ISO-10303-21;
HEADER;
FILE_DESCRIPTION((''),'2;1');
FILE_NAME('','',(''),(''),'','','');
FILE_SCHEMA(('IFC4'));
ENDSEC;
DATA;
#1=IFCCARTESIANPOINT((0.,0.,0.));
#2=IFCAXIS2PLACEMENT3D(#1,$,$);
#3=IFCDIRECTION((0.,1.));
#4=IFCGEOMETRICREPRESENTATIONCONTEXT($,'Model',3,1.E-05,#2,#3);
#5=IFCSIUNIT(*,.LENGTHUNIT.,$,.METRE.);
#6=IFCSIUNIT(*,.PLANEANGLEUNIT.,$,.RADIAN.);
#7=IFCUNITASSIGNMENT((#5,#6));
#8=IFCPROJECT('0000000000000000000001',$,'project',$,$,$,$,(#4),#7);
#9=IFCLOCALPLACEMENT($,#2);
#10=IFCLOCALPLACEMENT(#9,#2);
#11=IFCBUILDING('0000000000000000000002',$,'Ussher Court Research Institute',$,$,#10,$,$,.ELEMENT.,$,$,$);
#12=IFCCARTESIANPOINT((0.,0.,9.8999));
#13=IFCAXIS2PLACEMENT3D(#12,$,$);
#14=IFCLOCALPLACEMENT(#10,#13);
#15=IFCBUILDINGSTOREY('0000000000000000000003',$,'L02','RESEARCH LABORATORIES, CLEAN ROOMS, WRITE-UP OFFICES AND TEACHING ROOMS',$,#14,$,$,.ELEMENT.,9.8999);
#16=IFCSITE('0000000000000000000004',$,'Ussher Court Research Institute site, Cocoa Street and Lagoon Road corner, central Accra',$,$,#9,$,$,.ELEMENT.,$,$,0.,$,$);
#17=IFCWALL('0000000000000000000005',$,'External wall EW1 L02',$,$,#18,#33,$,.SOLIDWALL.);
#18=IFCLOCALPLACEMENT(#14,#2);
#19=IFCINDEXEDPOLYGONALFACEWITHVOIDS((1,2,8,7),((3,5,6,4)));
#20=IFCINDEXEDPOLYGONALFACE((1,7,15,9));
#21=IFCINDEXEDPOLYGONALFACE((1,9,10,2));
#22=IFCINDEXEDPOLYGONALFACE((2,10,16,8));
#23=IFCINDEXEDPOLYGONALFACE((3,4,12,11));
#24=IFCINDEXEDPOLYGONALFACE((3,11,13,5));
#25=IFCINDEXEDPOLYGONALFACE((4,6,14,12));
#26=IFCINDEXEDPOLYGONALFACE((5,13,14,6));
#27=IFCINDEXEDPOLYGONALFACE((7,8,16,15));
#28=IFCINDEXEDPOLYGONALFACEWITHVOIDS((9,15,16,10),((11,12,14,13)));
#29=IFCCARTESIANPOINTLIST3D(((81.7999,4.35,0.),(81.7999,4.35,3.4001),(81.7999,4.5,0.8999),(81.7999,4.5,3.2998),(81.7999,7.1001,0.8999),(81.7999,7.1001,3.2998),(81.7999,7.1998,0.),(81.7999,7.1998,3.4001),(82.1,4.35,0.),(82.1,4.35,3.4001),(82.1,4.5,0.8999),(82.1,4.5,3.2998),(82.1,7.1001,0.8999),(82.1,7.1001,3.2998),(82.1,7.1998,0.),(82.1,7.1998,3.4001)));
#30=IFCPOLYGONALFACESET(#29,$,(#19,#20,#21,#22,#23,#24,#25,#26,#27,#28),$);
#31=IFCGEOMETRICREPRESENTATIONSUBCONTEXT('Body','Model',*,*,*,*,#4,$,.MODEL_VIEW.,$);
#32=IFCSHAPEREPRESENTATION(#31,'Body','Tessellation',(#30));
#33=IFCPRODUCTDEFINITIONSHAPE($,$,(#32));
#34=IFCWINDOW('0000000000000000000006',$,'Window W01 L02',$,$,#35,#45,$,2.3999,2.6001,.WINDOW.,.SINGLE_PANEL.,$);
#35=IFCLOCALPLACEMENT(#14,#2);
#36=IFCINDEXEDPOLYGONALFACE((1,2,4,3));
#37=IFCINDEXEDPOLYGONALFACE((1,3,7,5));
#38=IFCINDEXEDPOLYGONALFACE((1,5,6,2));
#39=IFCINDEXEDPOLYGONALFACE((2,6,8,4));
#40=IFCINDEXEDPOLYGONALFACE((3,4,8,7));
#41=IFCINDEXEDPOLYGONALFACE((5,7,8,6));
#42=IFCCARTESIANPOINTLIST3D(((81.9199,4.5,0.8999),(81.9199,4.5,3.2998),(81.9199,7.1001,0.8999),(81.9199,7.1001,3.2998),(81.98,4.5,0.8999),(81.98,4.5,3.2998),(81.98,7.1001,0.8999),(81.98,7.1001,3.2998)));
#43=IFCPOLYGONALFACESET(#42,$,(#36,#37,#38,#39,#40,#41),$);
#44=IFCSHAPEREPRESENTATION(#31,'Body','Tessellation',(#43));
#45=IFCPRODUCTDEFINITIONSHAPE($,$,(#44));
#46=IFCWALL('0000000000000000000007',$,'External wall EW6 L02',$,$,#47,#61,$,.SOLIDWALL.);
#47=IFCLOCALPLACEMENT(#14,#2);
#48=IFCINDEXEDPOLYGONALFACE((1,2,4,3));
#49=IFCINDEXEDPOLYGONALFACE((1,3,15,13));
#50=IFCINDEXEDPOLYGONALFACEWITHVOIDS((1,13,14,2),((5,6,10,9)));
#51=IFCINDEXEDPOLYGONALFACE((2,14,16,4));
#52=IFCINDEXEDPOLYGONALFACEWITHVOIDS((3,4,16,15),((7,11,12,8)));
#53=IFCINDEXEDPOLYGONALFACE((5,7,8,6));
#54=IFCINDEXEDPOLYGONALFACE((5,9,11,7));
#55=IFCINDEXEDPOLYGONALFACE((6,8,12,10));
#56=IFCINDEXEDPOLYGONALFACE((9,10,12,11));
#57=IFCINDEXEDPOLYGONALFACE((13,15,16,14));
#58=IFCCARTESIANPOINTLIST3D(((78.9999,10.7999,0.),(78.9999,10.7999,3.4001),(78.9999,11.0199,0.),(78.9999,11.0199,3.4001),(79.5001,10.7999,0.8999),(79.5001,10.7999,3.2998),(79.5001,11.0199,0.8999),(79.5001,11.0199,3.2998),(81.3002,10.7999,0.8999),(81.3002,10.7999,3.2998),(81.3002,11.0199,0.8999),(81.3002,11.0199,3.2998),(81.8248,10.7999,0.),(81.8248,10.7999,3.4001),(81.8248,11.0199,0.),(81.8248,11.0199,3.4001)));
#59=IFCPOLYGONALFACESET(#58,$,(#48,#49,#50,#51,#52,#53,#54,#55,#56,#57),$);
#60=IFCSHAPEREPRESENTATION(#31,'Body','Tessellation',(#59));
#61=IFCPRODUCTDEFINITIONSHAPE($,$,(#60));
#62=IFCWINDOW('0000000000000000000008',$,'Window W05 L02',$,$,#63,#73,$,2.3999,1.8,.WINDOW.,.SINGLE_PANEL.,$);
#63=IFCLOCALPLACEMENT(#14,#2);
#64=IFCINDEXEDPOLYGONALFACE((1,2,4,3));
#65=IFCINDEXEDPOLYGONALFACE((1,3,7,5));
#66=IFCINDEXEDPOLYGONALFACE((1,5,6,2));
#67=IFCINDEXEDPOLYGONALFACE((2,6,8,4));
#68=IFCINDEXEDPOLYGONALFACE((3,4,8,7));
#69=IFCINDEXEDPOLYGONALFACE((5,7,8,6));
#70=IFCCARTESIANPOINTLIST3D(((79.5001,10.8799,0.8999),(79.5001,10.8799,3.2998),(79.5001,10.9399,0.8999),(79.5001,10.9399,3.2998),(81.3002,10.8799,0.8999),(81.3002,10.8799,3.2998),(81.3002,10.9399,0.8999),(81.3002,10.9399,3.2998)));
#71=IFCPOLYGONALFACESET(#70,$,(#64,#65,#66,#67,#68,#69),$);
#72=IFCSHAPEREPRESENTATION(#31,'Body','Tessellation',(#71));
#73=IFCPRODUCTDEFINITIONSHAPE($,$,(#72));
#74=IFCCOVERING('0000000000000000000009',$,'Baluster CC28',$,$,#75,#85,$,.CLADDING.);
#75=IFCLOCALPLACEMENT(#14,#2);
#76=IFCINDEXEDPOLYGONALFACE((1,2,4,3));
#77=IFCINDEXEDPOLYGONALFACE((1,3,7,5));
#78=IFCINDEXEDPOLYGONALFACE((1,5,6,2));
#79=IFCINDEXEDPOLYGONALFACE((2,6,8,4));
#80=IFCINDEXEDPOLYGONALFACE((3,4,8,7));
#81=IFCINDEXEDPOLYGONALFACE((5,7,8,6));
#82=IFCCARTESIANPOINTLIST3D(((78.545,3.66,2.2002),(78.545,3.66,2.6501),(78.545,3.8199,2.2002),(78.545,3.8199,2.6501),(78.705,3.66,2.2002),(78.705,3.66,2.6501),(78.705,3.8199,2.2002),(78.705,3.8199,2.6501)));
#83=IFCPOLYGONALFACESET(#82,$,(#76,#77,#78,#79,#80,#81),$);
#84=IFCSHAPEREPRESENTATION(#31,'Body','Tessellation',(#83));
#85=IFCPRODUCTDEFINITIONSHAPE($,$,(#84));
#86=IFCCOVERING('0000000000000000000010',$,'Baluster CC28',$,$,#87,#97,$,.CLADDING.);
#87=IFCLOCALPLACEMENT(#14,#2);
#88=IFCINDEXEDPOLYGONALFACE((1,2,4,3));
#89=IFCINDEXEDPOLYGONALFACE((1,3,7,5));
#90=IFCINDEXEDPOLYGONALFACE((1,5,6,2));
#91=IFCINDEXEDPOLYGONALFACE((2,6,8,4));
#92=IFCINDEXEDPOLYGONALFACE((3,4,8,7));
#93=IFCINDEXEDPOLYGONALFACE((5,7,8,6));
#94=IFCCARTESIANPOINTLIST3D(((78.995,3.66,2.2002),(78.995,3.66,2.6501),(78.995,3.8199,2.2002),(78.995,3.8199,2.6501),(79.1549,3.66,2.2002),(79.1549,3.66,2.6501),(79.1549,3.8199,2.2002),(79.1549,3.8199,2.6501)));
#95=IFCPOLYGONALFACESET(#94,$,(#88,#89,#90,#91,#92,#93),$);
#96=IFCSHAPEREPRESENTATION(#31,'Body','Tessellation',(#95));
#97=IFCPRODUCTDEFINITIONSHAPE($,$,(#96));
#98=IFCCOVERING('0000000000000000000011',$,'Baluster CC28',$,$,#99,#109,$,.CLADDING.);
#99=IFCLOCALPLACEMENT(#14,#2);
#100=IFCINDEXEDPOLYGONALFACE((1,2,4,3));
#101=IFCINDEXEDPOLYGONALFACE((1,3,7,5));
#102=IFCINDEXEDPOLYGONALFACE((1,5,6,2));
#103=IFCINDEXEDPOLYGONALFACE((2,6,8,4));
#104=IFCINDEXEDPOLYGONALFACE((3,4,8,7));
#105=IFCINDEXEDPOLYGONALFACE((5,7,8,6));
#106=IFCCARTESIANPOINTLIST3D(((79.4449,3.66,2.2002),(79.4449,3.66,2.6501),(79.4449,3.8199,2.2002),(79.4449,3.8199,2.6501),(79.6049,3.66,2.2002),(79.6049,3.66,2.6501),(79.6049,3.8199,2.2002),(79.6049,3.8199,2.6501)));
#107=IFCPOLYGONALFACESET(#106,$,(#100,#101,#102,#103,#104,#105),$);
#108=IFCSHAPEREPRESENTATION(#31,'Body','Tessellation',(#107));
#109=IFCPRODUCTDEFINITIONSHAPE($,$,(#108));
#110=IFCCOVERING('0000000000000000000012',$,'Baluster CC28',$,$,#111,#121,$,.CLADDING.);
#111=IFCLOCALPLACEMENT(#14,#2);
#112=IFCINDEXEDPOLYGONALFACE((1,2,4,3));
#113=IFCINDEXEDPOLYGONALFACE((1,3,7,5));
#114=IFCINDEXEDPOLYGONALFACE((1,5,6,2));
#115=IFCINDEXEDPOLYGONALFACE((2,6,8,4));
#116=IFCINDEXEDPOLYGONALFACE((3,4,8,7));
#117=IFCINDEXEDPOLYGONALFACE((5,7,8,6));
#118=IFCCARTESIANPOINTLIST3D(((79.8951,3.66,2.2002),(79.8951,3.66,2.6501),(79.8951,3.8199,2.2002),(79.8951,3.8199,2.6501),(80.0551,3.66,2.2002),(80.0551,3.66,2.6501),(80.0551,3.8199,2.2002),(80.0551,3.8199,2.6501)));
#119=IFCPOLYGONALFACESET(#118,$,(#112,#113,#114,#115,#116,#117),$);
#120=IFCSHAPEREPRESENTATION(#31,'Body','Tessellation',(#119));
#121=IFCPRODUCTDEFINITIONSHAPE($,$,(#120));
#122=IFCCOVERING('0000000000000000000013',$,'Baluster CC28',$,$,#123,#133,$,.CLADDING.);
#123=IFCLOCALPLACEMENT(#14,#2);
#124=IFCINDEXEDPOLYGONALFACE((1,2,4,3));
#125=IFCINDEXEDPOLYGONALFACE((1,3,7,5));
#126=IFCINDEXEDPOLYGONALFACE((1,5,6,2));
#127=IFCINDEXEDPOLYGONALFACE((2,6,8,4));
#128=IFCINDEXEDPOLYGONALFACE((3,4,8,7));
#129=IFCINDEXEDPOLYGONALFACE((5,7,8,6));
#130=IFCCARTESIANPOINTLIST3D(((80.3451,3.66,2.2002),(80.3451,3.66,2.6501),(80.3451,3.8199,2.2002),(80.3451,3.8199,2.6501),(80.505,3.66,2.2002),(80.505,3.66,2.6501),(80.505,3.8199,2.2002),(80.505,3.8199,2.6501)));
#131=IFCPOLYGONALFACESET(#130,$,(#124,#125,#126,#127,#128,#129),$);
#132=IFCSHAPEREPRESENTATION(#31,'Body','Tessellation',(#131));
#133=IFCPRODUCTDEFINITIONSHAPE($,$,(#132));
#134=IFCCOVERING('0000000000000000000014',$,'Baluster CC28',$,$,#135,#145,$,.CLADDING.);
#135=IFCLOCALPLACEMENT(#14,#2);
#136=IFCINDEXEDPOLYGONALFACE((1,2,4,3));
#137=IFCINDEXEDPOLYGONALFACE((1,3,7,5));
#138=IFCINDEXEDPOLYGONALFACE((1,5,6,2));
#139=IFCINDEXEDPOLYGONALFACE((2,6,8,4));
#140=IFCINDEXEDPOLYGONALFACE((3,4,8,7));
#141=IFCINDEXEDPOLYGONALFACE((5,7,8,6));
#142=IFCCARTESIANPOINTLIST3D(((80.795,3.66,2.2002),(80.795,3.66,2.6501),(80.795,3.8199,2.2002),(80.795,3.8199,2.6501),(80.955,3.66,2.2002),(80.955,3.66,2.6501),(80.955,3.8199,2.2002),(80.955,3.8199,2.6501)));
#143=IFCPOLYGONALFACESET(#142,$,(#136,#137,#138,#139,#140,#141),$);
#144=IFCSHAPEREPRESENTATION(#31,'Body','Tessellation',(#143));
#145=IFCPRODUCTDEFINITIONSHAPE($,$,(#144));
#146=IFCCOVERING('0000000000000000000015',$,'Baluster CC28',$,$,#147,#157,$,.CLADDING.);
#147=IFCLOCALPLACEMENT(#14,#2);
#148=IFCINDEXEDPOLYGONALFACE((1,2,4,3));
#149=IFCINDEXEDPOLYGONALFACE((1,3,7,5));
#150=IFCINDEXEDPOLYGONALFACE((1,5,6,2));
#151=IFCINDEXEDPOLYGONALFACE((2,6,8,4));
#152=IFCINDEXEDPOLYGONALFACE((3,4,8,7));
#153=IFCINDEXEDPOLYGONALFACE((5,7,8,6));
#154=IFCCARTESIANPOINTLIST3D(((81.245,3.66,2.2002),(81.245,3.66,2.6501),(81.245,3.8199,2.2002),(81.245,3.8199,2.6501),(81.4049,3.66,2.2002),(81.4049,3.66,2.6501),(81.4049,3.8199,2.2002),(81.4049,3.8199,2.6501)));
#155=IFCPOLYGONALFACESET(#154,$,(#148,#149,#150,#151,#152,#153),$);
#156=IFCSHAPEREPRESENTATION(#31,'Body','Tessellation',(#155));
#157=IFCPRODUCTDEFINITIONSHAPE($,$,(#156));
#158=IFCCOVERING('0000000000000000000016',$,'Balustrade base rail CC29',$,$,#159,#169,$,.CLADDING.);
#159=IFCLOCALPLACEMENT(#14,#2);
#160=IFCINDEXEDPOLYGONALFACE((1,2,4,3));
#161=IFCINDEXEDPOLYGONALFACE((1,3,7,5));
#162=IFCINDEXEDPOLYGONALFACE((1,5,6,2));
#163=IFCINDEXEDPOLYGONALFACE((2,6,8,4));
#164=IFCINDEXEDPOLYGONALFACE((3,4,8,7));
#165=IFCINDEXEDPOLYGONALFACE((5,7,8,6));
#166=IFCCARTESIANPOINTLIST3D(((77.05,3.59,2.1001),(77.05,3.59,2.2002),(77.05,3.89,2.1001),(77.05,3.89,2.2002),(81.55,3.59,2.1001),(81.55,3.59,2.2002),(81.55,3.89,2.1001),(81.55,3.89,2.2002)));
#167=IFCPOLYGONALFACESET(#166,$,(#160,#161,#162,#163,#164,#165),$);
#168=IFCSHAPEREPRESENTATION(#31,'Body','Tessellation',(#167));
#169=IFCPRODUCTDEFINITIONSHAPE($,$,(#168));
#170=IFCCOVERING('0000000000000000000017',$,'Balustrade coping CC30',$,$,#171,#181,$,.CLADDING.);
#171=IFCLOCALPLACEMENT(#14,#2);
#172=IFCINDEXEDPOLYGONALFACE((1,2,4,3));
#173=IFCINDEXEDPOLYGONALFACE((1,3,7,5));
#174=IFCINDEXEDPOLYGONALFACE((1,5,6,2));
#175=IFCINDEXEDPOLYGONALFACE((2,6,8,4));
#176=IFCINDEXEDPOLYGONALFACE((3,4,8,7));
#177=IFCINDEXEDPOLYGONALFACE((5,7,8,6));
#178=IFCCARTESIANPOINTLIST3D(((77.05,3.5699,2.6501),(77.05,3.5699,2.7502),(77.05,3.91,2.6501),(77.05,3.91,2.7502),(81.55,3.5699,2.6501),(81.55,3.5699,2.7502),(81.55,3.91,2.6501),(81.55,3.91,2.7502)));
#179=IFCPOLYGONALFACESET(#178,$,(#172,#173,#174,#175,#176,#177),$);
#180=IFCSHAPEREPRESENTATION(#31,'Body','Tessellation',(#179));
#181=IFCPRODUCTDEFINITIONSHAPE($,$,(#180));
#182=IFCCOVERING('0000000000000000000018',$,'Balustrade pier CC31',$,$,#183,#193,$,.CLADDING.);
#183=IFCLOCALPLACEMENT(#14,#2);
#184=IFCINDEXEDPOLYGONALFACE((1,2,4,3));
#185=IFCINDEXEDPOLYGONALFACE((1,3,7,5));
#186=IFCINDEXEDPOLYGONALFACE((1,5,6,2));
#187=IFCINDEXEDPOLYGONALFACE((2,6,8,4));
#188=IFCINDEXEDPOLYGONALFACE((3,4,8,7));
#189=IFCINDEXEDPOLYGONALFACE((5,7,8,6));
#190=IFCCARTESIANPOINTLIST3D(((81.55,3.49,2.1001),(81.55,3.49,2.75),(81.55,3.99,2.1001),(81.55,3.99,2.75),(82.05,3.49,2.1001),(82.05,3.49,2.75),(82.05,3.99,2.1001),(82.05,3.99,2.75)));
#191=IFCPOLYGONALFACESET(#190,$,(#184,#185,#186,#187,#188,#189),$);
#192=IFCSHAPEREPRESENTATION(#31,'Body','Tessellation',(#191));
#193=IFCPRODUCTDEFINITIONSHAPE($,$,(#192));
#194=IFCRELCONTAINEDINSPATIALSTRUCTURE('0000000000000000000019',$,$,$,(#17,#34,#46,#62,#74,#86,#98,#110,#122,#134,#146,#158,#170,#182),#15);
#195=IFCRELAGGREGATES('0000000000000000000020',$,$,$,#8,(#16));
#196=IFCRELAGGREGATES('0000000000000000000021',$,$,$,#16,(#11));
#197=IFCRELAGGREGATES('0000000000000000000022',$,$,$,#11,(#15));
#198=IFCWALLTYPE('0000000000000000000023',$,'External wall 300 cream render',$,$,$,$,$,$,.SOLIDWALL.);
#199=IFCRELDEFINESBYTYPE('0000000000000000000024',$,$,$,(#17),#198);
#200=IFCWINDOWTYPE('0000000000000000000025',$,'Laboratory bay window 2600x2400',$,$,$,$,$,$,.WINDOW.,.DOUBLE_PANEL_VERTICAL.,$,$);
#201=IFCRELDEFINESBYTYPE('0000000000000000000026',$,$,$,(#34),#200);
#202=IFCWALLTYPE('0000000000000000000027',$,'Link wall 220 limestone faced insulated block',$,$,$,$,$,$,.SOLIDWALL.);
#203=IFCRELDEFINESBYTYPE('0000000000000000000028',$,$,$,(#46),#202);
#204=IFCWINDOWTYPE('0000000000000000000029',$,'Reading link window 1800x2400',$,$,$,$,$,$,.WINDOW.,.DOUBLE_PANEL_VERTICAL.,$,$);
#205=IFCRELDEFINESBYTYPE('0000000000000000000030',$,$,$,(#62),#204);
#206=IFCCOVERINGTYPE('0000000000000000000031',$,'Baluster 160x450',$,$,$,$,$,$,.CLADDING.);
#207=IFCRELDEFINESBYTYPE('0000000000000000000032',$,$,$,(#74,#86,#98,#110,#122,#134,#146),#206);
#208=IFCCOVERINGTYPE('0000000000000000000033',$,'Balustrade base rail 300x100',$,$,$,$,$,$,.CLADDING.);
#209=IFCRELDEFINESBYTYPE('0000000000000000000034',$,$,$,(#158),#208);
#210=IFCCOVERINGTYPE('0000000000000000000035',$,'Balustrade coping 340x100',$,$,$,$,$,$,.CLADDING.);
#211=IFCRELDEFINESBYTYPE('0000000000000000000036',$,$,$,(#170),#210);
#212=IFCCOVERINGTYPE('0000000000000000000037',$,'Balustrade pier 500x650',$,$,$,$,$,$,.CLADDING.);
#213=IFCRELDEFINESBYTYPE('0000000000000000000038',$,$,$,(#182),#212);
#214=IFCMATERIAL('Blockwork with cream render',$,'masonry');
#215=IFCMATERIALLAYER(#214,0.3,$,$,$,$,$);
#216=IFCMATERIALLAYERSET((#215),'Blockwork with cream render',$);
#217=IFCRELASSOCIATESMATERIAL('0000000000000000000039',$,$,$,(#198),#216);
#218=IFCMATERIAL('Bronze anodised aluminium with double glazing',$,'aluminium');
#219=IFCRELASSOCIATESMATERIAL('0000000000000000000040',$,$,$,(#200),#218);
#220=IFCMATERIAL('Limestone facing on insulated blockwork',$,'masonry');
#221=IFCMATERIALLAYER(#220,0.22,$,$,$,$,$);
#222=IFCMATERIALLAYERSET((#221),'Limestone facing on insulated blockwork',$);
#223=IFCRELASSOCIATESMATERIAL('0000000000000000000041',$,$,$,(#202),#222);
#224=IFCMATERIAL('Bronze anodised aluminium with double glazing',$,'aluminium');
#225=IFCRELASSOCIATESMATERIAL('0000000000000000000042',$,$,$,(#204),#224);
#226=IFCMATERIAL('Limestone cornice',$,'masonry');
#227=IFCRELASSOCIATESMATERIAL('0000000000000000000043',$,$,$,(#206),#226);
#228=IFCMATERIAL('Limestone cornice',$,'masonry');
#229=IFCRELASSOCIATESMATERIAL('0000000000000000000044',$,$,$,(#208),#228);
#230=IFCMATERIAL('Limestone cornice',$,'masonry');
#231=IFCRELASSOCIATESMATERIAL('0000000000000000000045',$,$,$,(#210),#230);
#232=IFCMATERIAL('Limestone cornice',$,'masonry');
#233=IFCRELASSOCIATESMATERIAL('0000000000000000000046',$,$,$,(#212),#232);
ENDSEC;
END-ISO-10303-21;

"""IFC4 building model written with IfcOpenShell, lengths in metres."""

from ifc_helpers import new_model, si_unit, direction, frame, frame_2d, origin, origin_2d, place, context, subcontext, project, spatial, rectangle, extrude, material, layer, layer_set, type_object, element, fill, save


model = new_model("IFC4")

# Units and contexts
model_context = context("Model", 3, precision=1e-05, world=origin(), true_north=direction((0.0, 1.0)))
body_context = subcontext(model_context, "Body", "Model", "MODEL_VIEW")
ifc_project = project(units=[si_unit("LENGTHUNIT", "METRE"), si_unit("PLANEANGLEUNIT", "RADIAN")], contexts=[model_context])

# Site, building, storey
site_placement = place(None, origin())
site = spatial("IfcSite", under=ifc_project, at=site_placement, Name="Ussher Court Research Institute site, Cocoa Street and Lagoon Road corner, central Accra", CompositionType="ELEMENT", RefElevation=0.0)
building_placement = place(site_placement, origin())
building = spatial("IfcBuilding", under=site, at=building_placement, Name="Ussher Court Research Institute", CompositionType="ELEMENT")
storey_placement = place(building_placement, frame((0.0, 0.0, 9.8999)))
storey = spatial("IfcBuildingStorey", under=building, at=storey_placement, Name="L02", Description="RESEARCH LABORATORIES, CLEAN ROOMS, WRITE-UP OFFICES AND TEACHING ROOMS", CompositionType="ELEMENT", Elevation=9.8999)

# Walls, openings, windows
ifc_material_1 = material(Name="Blockwork with cream render", Category="masonry")
ifc_layer_1 = layer(ifc_material_1, 0.3)
ifc_layer_set_1 = layer_set([ifc_layer_1], Name="Blockwork with cream render")
wall_type_1 = type_object("IfcWallType", Name="External wall 300 cream render", PredefinedType="SOLIDWALL", material=ifc_layer_set_1)
wall_1_placement = place(storey_placement, frame((81.95, 4.3501, 0.0), z_axis=(0.0, 0.0, 1.0), x_axis=(0.0, 1.0, 0.0)))
wall_1 = element("IfcWall", 1, at=wall_1_placement, inside=storey, type_object=wall_type_1, Name="External wall EW1 L02", PredefinedType="SOLIDWALL", context=body_context, shape_type="SweptSolid", body=[
    extrude(rectangle(XDim=2.8499, YDim=0.3, at=frame_2d((1.4248, 0.0))), origin(), (0.0, 0.0, 1.0), 3.4001),
])
opening_1_placement = place(wall_1_placement, frame((0.1499, 0.0, 0.8999)))
opening_1 = element("IfcOpeningElement", 2, at=opening_1_placement, cuts=wall_1, PredefinedType="OPENING", context=body_context, shape_type="SweptSolid", body=[
    extrude(rectangle(XDim=2.6001, YDim=2.3999, at=frame_2d((1.3, 1.2))), frame((0.0, 0.1602, 0.0), z_axis=(0.0, -1.0, 0.0), x_axis=(1.0, 0.0, 0.0)), (0.0, 0.0, 1.0), 0.3201),
])
ifc_material_2 = material(Name="Bronze anodised aluminium with double glazing", Category="aluminium")
window_type_1 = type_object("IfcWindowType", Name="Laboratory bay window 2600x2400", PartitioningType="DOUBLE_PANEL_VERTICAL", PredefinedType="WINDOW", material=ifc_material_2)
window_1_placement = place(opening_1_placement, origin())
window_1 = element("IfcWindow", 3, at=window_1_placement, inside=storey, type_object=window_type_1, Name="Window W01 L02", OverallHeight=2.3999, OverallWidth=2.6001, PartitioningType="SINGLE_PANEL", PredefinedType="WINDOW", context=body_context, shape_type="SweptSolid", body=[
    extrude(rectangle(XDim=2.6001, YDim=2.3999, at=frame_2d((1.3, 1.2))), frame((0.0, 0.03, 0.0), z_axis=(0.0, -1.0, 0.0), x_axis=(1.0, 0.0, 0.0)), (0.0, 0.0, 1.0), 0.0601),
])
fill(opening_1, window_1)
ifc_material_3 = material(Name="Limestone facing on insulated blockwork", Category="masonry")
ifc_layer_2 = layer(ifc_material_3, 0.22)
ifc_layer_set_2 = layer_set([ifc_layer_2], Name="Limestone facing on insulated blockwork")
wall_type_2 = type_object("IfcWallType", Name="Link wall 220 limestone faced insulated block", PredefinedType="SOLIDWALL", material=ifc_layer_set_2)
wall_2_placement = place(storey_placement, frame((81.825, 10.9099, 0.0), z_axis=(0.0, 0.0, 1.0), x_axis=(-1.0, 0.0, 0.0)))
wall_2 = element("IfcWall", 4, at=wall_2_placement, inside=storey, type_object=wall_type_2, Name="External wall EW6 L02", PredefinedType="SOLIDWALL", context=body_context, shape_type="SweptSolid", body=[
    extrude(rectangle(XDim=2.825, YDim=0.22, at=frame_2d((1.4126, 0.0))), origin(), (0.0, 0.0, 1.0), 3.4001),
])
opening_2_placement = place(wall_2_placement, frame((0.5249, 0.0, 0.8999)))
opening_2 = element("IfcOpeningElement", 5, at=opening_2_placement, cuts=wall_2, PredefinedType="OPENING", context=body_context, shape_type="SweptSolid", body=[
    extrude(rectangle(XDim=1.8, YDim=2.3999, at=frame_2d((0.8999, 1.2))), frame((0.0, 0.1201, 0.0), z_axis=(0.0, -1.0, 0.0), x_axis=(1.0, 0.0, 0.0)), (0.0, 0.0, 1.0), 0.24),
])
ifc_material_4 = material(Name="Bronze anodised aluminium with double glazing", Category="aluminium")
window_type_2 = type_object("IfcWindowType", Name="Reading link window 1800x2400", PartitioningType="DOUBLE_PANEL_VERTICAL", PredefinedType="WINDOW", material=ifc_material_4)
window_2_placement = place(opening_2_placement, origin())
window_2 = element("IfcWindow", 6, at=window_2_placement, inside=storey, type_object=window_type_2, Name="Window W05 L02", OverallHeight=2.3999, OverallWidth=1.8, PartitioningType="SINGLE_PANEL", PredefinedType="WINDOW", context=body_context, shape_type="SweptSolid", body=[
    extrude(rectangle(XDim=1.8, YDim=2.3999, at=frame_2d((0.8999, 1.2))), frame((0.0, 0.03, 0.0), z_axis=(0.0, -1.0, 0.0), x_axis=(1.0, 0.0, 0.0)), (0.0, 0.0, 1.0), 0.0601),
])
fill(opening_2, window_2)

# Coverings
ifc_material_5 = material(Name="Limestone cornice", Category="masonry")
covering_type_1 = type_object("IfcCoveringType", Name="Baluster 160x450", PredefinedType="CLADDING", material=ifc_material_5)
for number, where, z_axis, x_axis, name in (
    (7, (78.625, 3.74, 2.2002), (0.0, 0.0, 1.0), (1.0, 0.0, 0.0), "Baluster CC28"),
    (8, (79.075, 3.74, 2.2002), (0.0, 0.0, 1.0), (1.0, 0.0, 0.0), "Baluster CC28"),
    (9, (79.5249, 3.74, 2.2002), (0.0, 0.0, 1.0), (1.0, 0.0, 0.0), "Baluster CC28"),
    (10, (79.9751, 3.74, 2.2002), (0.0, 0.0, 1.0), (1.0, 0.0, 0.0), "Baluster CC28"),
    (11, (80.425, 3.74, 2.2002), (0.0, 0.0, 1.0), (1.0, 0.0, 0.0), "Baluster CC28"),
    (12, (80.875, 3.74, 2.2002), (0.0, 0.0, 1.0), (1.0, 0.0, 0.0), "Baluster CC28"),
    (13, (81.325, 3.74, 2.2002), (0.0, 0.0, 1.0), (1.0, 0.0, 0.0), "Baluster CC28"),
):
    element("IfcCovering", number, at=place(storey_placement, frame(where, z_axis=z_axis, x_axis=x_axis)), inside=storey, type_object=covering_type_1, Name=name, PredefinedType="CLADDING", context=body_context, shape_type="SweptSolid", body=[
        extrude(rectangle(XDim=0.1599, YDim=0.1599, at=origin_2d()), origin(), (0.0, 0.0, 1.0), 0.45),
    ])
ifc_material_6 = material(Name="Limestone cornice", Category="masonry")
covering_type_2 = type_object("IfcCoveringType", Name="Balustrade base rail 300x100", PredefinedType="CLADDING", material=ifc_material_6)
covering_1_placement = place(storey_placement, frame((79.3, 3.74, 2.1001), z_axis=(0.0, 0.0, 1.0), x_axis=(1.0, 0.0, 0.0)))
element("IfcCovering", 14, at=covering_1_placement, inside=storey, type_object=covering_type_2, Name="Balustrade base rail CC29", PredefinedType="CLADDING", context=body_context, shape_type="SweptSolid", body=[
    extrude(rectangle(XDim=4.5, YDim=0.3, at=origin_2d()), origin(), (0.0, 0.0, 1.0), 0.1001),
])
ifc_material_7 = material(Name="Limestone cornice", Category="masonry")
covering_type_3 = type_object("IfcCoveringType", Name="Balustrade coping 340x100", PredefinedType="CLADDING", material=ifc_material_7)
covering_2_placement = place(storey_placement, frame((79.3, 3.74, 2.6501), z_axis=(0.0, 0.0, 1.0), x_axis=(1.0, 0.0, 0.0)))
element("IfcCovering", 15, at=covering_2_placement, inside=storey, type_object=covering_type_3, Name="Balustrade coping CC30", PredefinedType="CLADDING", context=body_context, shape_type="SweptSolid", body=[
    extrude(rectangle(XDim=4.5, YDim=0.3401, at=origin_2d()), origin(), (0.0, 0.0, 1.0), 0.1001),
])
ifc_material_8 = material(Name="Limestone cornice", Category="masonry")
covering_type_4 = type_object("IfcCoveringType", Name="Balustrade pier 500x650", PredefinedType="CLADDING", material=ifc_material_8)
covering_3_placement = place(storey_placement, frame((81.8, 3.74, 2.1001), z_axis=(0.0, 0.0, 1.0), x_axis=(1.0, 0.0, 0.0)))
element("IfcCovering", 16, at=covering_3_placement, inside=storey, type_object=covering_type_4, Name="Balustrade pier CC31", PredefinedType="CLADDING", context=body_context, shape_type="SweptSolid", body=[
    extrude(rectangle(XDim=0.5, YDim=0.5, at=origin_2d()), origin(), (0.0, 0.0, 1.0), 0.6499),
])

save(model, "model.ifc")
